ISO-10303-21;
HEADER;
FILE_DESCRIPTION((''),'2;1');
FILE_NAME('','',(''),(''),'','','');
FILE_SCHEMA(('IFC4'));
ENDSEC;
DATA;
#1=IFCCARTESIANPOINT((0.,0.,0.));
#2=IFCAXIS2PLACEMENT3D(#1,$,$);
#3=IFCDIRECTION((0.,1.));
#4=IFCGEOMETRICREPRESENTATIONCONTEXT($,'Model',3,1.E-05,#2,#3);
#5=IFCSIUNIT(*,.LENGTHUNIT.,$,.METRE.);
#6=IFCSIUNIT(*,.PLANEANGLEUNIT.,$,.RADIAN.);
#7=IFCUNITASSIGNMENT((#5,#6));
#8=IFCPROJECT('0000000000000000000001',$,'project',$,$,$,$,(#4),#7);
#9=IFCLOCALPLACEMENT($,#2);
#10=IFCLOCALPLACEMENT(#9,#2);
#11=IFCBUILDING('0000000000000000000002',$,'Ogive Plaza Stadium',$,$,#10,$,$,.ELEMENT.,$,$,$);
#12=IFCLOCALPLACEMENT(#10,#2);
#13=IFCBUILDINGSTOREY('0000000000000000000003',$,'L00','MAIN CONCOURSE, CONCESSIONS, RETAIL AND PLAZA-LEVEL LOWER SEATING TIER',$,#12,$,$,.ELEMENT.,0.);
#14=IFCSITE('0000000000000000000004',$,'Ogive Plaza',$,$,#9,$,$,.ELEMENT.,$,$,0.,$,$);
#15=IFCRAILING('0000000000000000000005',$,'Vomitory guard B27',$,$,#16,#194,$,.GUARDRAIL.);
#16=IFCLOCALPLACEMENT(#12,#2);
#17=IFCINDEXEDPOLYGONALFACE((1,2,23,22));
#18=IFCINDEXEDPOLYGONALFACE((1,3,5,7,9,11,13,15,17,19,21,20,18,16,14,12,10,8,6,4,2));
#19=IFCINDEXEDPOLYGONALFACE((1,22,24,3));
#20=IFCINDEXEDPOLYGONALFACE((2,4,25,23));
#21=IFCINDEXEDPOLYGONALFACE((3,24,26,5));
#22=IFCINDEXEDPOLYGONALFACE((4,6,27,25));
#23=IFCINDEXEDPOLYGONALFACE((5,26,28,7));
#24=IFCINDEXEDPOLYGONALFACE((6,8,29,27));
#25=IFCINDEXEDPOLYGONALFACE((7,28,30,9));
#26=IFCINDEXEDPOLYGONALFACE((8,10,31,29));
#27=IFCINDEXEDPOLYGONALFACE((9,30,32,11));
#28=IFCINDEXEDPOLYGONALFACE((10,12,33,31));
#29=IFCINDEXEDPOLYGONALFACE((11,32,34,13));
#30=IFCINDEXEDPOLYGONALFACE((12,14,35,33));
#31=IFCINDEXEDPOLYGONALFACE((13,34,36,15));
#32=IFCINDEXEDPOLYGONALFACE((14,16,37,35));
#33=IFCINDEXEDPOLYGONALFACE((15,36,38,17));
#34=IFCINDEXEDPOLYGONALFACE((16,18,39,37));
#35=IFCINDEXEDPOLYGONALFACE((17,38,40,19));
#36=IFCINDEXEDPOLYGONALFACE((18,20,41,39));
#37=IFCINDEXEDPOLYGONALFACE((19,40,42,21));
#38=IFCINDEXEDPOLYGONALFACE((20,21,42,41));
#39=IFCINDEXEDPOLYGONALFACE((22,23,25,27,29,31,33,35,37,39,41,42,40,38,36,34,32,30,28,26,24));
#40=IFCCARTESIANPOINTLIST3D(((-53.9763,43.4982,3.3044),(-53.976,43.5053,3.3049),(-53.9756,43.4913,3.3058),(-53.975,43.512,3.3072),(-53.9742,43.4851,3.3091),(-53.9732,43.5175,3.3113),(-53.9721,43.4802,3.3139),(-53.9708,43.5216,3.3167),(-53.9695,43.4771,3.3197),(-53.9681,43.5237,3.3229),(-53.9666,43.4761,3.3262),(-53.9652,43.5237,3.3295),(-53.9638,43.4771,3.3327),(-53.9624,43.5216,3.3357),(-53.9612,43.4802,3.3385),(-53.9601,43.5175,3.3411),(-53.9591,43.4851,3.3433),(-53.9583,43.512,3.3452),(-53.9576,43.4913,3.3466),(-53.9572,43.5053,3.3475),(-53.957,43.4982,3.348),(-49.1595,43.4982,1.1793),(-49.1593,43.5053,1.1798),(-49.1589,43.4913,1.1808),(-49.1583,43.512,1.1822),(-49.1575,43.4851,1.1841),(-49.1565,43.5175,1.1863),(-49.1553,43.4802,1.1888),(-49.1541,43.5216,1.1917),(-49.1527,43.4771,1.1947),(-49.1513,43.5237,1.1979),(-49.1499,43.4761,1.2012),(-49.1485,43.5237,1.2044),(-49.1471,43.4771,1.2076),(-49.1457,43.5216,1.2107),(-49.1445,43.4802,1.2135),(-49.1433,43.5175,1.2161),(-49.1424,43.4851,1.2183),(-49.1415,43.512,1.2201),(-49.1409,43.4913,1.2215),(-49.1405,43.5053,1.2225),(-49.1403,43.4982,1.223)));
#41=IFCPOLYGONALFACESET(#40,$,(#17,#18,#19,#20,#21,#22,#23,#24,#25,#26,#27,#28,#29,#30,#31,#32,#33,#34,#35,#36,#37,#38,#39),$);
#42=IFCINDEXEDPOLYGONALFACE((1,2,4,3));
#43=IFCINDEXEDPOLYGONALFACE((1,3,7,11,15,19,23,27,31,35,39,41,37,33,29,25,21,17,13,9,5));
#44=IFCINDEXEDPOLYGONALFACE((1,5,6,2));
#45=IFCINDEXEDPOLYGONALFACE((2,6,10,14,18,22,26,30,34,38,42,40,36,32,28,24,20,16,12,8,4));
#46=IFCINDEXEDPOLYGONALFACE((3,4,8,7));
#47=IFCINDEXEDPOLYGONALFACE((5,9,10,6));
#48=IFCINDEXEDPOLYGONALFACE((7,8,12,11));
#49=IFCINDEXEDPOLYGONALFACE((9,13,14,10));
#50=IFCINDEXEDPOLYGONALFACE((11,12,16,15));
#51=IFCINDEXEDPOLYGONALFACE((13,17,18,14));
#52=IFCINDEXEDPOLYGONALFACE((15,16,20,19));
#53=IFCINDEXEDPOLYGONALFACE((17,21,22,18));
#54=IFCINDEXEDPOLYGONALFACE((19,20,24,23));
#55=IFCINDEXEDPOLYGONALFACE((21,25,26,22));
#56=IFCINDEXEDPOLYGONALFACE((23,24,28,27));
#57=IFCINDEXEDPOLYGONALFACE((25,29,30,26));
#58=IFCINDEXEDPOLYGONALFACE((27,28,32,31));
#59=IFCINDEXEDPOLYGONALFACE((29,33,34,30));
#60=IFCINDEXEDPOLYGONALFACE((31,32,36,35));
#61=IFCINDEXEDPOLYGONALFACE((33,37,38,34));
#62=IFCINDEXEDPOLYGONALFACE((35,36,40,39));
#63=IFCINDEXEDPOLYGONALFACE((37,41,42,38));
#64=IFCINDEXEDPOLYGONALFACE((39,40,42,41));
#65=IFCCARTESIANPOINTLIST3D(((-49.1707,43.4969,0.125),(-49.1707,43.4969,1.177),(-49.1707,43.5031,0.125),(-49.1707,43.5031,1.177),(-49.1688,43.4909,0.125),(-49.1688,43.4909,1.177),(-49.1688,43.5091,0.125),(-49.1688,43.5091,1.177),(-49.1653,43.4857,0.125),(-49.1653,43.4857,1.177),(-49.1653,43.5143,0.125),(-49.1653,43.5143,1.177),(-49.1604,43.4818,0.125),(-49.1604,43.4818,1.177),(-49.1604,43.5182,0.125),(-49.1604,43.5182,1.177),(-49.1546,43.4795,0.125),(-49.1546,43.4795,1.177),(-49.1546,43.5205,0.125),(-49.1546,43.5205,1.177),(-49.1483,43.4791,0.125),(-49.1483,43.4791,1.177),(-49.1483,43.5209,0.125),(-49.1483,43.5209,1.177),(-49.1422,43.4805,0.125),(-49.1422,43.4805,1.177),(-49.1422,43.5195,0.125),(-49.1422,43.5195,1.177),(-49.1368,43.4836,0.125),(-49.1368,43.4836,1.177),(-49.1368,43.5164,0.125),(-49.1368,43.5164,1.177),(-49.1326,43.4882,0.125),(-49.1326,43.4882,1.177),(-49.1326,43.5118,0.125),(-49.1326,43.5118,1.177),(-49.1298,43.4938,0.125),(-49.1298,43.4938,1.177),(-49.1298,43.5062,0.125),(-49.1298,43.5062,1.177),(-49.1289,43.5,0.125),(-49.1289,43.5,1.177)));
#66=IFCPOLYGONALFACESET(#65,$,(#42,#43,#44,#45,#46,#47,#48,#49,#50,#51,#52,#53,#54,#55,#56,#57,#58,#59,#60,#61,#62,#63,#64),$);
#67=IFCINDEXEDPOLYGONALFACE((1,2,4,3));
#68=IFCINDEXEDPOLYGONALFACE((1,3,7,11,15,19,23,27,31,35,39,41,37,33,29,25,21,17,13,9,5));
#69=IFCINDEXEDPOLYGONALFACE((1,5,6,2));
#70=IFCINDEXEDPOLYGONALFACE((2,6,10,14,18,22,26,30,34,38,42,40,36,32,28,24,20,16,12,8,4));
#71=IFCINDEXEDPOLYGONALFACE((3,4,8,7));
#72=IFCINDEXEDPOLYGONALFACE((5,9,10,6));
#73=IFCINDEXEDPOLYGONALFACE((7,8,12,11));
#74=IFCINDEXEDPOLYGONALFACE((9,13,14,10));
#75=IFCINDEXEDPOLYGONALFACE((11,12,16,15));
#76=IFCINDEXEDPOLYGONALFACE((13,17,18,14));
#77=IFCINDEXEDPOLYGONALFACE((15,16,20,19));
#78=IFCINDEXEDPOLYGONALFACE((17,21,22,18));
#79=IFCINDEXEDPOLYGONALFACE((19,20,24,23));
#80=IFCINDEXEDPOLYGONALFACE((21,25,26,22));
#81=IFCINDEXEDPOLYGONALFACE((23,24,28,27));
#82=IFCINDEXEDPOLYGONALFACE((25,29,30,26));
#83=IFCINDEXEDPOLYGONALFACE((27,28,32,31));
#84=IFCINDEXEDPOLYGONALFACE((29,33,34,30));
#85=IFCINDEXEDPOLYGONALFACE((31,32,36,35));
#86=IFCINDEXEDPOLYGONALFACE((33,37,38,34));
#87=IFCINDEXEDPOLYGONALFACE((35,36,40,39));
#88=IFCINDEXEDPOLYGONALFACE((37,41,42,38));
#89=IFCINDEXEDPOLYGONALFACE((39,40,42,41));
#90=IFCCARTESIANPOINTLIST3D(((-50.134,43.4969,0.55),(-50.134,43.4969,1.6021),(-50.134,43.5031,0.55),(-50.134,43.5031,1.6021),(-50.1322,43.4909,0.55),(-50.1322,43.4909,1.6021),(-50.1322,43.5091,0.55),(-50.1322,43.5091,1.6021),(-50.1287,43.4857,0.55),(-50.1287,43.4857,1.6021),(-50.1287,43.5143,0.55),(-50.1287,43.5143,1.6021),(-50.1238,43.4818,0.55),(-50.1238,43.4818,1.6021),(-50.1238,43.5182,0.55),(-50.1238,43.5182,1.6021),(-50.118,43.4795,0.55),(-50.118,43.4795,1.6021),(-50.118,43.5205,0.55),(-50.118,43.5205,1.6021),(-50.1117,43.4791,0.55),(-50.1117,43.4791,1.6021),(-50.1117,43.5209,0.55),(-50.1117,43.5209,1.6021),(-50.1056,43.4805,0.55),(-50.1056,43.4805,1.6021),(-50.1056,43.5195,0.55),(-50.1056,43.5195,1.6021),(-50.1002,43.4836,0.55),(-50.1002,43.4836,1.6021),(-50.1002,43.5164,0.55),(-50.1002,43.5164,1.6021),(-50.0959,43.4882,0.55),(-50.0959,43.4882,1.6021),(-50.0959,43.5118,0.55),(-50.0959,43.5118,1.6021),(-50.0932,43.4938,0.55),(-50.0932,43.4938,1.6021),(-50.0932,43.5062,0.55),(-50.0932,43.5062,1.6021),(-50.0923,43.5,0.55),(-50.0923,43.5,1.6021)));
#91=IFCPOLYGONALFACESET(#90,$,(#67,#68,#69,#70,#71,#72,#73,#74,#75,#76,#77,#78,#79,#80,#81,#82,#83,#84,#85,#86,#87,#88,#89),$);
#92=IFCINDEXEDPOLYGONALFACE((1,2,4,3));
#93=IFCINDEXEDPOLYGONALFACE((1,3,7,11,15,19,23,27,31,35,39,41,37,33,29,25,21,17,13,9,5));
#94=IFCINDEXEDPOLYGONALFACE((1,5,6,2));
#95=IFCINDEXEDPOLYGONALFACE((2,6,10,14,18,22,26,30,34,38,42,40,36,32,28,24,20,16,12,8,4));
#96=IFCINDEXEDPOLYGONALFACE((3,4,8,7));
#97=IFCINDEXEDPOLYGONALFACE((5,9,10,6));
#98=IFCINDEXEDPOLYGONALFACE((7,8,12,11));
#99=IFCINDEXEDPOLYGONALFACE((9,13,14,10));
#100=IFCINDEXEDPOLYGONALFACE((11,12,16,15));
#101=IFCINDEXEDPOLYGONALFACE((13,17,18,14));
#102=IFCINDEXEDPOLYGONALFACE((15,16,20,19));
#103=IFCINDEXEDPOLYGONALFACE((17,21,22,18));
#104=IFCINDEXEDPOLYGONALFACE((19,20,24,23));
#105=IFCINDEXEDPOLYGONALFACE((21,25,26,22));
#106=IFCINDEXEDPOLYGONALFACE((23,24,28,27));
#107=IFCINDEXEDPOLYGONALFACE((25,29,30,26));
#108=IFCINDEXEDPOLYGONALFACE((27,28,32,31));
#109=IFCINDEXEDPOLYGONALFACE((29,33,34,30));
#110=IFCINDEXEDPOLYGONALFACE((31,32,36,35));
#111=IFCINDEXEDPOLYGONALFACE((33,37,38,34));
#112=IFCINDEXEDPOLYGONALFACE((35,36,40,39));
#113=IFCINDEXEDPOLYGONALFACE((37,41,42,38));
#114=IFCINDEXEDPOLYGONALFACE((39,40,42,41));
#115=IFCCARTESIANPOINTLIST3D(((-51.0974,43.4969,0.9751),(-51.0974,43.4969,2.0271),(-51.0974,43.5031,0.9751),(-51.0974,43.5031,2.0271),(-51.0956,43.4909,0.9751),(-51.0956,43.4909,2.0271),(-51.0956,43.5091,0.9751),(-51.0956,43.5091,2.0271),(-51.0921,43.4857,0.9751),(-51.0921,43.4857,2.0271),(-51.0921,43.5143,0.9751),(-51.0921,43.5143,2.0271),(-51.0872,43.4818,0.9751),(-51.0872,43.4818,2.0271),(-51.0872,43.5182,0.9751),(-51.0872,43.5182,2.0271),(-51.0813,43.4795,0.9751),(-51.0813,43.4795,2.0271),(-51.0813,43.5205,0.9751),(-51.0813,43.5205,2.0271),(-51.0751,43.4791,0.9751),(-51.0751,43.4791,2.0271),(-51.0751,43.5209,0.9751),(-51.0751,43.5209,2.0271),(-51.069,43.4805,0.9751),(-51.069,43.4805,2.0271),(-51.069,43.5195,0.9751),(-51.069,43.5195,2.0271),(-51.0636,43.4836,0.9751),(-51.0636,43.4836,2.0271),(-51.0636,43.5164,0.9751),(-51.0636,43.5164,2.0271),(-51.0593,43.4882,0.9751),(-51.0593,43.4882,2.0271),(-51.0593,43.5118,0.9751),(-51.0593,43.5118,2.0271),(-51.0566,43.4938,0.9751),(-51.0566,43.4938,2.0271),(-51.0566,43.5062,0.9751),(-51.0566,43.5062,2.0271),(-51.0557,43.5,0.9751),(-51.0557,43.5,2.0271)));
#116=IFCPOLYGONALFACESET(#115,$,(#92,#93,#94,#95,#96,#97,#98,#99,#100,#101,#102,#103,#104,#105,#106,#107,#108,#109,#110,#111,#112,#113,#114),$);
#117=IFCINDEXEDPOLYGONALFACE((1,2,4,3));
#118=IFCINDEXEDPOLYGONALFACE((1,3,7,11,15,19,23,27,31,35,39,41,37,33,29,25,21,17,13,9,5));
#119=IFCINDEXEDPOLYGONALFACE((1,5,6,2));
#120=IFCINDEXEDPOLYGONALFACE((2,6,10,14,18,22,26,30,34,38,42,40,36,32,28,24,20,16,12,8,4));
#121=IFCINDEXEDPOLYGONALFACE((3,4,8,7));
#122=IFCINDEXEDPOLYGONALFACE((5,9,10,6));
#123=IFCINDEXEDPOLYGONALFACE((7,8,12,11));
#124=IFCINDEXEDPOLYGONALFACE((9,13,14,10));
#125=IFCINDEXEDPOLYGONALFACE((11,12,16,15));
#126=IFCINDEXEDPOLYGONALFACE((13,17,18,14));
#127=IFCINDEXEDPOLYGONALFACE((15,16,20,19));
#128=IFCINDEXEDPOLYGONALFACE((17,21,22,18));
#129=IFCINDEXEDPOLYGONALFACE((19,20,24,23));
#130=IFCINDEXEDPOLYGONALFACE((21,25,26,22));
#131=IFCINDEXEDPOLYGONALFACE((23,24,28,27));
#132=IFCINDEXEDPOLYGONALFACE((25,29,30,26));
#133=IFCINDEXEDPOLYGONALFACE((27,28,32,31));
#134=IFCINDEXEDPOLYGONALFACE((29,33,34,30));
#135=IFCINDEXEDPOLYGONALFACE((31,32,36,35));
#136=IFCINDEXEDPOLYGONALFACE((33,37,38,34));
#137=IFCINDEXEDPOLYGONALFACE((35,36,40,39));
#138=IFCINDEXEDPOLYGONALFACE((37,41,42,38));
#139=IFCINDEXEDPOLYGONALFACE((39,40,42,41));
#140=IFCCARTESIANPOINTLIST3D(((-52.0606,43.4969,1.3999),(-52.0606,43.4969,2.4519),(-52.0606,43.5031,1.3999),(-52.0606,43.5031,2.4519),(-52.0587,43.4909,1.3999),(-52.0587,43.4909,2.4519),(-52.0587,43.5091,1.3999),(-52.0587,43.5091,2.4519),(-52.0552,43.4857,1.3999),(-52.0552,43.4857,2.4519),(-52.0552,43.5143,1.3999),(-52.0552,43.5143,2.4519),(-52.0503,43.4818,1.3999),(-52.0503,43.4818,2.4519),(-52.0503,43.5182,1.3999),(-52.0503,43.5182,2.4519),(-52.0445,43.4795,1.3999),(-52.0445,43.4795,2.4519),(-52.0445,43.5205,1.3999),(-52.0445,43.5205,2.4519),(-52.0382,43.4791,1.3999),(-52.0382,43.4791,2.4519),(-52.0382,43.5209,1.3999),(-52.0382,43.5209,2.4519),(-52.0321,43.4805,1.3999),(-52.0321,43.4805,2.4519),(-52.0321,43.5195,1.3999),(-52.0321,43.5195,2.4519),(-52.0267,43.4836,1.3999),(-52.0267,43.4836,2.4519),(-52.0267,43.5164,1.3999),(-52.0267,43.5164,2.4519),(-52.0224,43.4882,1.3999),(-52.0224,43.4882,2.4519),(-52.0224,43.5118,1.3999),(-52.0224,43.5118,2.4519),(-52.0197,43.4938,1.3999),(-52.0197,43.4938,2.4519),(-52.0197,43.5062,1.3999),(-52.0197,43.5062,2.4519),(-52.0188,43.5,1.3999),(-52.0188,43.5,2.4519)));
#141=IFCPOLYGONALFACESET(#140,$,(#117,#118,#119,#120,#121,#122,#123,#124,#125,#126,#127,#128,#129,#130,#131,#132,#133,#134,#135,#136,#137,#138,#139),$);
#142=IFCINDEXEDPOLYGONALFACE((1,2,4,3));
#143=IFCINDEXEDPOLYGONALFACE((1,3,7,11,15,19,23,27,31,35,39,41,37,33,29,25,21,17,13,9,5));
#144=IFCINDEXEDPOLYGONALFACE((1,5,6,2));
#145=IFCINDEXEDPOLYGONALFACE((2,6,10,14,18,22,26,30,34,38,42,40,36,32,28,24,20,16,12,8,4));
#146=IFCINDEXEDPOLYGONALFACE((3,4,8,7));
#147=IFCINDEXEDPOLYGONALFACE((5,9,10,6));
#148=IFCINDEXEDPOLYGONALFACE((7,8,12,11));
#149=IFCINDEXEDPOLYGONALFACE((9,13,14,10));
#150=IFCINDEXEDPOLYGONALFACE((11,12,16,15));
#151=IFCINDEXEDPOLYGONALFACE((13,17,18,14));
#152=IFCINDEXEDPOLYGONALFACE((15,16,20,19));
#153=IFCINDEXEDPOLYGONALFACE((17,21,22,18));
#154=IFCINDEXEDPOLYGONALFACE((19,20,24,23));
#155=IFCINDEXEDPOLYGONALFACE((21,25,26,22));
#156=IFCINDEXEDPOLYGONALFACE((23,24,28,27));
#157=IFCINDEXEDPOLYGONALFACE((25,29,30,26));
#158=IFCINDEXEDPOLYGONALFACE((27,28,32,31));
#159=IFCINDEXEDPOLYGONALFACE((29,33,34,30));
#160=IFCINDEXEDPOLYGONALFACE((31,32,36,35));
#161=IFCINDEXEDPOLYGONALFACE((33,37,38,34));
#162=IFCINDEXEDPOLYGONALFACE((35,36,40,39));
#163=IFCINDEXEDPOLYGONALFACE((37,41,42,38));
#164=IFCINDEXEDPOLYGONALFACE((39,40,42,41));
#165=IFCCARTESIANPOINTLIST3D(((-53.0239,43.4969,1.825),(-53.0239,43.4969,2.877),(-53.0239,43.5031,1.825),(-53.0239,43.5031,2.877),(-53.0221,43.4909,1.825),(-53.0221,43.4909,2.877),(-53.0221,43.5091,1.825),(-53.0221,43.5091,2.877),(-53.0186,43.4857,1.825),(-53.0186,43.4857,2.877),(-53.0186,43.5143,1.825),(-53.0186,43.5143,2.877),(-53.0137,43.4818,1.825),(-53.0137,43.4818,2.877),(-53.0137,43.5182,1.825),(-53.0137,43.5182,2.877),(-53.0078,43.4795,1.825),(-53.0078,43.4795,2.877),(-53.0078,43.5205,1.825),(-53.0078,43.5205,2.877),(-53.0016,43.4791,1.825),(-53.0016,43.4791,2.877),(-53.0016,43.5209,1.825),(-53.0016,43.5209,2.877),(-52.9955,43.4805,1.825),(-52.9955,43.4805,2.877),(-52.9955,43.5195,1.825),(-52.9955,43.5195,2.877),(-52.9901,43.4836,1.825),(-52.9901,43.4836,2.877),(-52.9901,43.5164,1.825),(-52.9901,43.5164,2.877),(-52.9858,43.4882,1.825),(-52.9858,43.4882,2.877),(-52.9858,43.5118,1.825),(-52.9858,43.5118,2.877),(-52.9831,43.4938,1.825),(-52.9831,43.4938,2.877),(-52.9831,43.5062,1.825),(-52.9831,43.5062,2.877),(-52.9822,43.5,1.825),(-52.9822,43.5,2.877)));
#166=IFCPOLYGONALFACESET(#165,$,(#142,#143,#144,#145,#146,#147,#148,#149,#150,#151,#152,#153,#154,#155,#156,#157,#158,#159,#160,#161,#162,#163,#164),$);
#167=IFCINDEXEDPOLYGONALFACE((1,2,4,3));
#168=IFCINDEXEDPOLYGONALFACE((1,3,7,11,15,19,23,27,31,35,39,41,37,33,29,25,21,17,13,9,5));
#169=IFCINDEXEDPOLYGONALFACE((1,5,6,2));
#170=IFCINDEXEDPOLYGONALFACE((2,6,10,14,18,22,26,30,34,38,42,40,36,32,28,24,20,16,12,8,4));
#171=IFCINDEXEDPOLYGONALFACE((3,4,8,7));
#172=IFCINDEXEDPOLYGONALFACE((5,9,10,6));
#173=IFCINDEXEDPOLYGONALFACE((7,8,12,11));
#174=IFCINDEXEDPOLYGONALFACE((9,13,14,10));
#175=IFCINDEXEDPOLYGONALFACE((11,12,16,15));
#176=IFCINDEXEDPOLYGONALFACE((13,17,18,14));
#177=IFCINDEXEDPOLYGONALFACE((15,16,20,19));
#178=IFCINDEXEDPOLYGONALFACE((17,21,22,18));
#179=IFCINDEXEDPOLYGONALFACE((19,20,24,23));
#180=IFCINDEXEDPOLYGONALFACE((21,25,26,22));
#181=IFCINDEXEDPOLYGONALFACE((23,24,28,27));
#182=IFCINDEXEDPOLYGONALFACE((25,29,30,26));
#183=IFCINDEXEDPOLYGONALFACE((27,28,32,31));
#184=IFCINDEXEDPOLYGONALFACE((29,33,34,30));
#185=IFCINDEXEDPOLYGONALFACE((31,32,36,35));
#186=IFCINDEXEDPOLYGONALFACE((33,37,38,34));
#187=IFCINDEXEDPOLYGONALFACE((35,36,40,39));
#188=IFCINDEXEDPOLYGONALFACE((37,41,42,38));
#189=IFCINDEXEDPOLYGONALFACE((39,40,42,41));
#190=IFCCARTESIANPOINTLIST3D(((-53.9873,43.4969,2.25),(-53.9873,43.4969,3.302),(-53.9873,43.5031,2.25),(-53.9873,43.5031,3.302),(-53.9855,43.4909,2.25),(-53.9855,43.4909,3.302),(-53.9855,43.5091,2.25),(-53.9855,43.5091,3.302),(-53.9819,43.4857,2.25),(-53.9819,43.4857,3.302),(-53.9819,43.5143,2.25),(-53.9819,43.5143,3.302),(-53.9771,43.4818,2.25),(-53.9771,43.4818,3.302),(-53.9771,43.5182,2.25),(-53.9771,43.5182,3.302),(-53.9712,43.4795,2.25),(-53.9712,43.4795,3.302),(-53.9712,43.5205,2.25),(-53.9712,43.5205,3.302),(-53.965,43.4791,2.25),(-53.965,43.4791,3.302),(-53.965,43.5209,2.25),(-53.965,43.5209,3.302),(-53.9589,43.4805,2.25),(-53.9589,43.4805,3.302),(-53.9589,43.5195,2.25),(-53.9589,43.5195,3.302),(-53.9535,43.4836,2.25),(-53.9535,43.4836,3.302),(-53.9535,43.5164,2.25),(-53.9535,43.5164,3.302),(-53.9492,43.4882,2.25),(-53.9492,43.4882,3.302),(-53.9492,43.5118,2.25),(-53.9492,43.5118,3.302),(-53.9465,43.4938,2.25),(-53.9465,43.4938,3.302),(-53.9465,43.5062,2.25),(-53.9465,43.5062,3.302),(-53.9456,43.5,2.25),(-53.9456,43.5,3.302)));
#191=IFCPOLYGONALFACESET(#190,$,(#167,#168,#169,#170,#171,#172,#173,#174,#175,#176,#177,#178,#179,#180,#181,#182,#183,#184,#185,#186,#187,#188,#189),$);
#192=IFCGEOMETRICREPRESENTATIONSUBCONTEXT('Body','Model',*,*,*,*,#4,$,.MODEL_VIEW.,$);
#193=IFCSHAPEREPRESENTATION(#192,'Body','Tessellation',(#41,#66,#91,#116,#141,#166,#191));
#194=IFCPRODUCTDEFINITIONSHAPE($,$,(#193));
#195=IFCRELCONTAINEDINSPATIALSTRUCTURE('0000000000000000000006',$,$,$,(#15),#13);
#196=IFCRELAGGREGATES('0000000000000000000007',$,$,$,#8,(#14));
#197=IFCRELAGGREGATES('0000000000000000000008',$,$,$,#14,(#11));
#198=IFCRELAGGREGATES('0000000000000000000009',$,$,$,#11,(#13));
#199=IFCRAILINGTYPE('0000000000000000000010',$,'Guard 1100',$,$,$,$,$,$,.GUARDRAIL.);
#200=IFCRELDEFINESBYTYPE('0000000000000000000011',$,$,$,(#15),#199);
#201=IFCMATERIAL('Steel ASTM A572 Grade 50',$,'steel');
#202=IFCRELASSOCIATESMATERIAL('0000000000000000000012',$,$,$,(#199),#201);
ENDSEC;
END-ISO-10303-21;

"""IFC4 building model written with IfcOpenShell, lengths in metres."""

from ifc_helpers import new_model, si_unit, direction, frame, origin, origin_2d, place, context, subcontext, project, spatial, circle, extrude, material, type_object, element, save


model = new_model("IFC4")

# Units and contexts
model_context = context("Model", 3, precision=1e-05, world=origin(), true_north=direction((0.0, 1.0)))
body_context = subcontext(model_context, "Body", "Model", "MODEL_VIEW")
ifc_project = project(units=[si_unit("LENGTHUNIT", "METRE"), si_unit("PLANEANGLEUNIT", "RADIAN")], contexts=[model_context])

# Site, building, storey
site_placement = place(None, origin())
site = spatial("IfcSite", under=ifc_project, at=site_placement, Name="Ogive Plaza", CompositionType="ELEMENT", RefElevation=0.0)
building_placement = place(site_placement, origin())
building = spatial("IfcBuilding", under=site, at=building_placement, Name="Ogive Plaza Stadium", CompositionType="ELEMENT")
storey_placement = place(building_placement, origin())
storey = spatial("IfcBuildingStorey", under=building, at=storey_placement, Name="L00", Description="MAIN CONCOURSE, CONCESSIONS, RETAIL AND PLAZA-LEVEL LOWER SEATING TIER", CompositionType="ELEMENT", Elevation=0.0)

# Railing
ifc_material_1 = material(Name="Steel ASTM A572 Grade 50", Category="steel")
railing_type = type_object("IfcRailingType", Name="Guard 1100", PredefinedType="GUARDRAIL", material=ifc_material_1)
for number, where, name in (
    (1, (-49.1499, 43.5, 0.125), "Vomitory guard B27"),
):
    element("IfcRailing", number, at=place(storey_placement, frame(where)), inside=storey, type_object=railing_type, Name=name, PredefinedType="GUARDRAIL", context=body_context, shape_type="SweptSolid", body=[
        extrude(circle(Radius=0.0239, at=origin_2d()), frame((0.0, 0.0, 1.0762), z_axis=(-0.914917, 0.0, 0.403641), x_axis=(0.0, -1.0, 0.0)), (0.0, 0.0, 1.0), 5.2646),
        extrude(circle(Radius=0.021, at=origin_2d()), origin(), (0.0, 0.0, 1.0), 1.052),
        extrude(circle(Radius=0.021, at=origin_2d()), frame((-0.9634, 0.0, 0.425)), (0.0, 0.0, 1.0), 1.052),
        extrude(circle(Radius=0.021, at=origin_2d()), frame((-1.9268, 0.0, 0.8501)), (0.0, 0.0, 1.0), 1.052),
        extrude(circle(Radius=0.021, at=origin_2d()), frame((-2.8899, 0.0, 1.2749)), (0.0, 0.0, 1.0), 1.052),
        extrude(circle(Radius=0.021, at=origin_2d()), frame((-3.8533, 0.0, 1.7)), (0.0, 0.0, 1.0), 1.052),
        extrude(circle(Radius=0.021, at=origin_2d()), frame((-4.8167, 0.0, 2.125)), (0.0, 0.0, 1.0), 1.052),
    ])

save(model, "model.ifc")
